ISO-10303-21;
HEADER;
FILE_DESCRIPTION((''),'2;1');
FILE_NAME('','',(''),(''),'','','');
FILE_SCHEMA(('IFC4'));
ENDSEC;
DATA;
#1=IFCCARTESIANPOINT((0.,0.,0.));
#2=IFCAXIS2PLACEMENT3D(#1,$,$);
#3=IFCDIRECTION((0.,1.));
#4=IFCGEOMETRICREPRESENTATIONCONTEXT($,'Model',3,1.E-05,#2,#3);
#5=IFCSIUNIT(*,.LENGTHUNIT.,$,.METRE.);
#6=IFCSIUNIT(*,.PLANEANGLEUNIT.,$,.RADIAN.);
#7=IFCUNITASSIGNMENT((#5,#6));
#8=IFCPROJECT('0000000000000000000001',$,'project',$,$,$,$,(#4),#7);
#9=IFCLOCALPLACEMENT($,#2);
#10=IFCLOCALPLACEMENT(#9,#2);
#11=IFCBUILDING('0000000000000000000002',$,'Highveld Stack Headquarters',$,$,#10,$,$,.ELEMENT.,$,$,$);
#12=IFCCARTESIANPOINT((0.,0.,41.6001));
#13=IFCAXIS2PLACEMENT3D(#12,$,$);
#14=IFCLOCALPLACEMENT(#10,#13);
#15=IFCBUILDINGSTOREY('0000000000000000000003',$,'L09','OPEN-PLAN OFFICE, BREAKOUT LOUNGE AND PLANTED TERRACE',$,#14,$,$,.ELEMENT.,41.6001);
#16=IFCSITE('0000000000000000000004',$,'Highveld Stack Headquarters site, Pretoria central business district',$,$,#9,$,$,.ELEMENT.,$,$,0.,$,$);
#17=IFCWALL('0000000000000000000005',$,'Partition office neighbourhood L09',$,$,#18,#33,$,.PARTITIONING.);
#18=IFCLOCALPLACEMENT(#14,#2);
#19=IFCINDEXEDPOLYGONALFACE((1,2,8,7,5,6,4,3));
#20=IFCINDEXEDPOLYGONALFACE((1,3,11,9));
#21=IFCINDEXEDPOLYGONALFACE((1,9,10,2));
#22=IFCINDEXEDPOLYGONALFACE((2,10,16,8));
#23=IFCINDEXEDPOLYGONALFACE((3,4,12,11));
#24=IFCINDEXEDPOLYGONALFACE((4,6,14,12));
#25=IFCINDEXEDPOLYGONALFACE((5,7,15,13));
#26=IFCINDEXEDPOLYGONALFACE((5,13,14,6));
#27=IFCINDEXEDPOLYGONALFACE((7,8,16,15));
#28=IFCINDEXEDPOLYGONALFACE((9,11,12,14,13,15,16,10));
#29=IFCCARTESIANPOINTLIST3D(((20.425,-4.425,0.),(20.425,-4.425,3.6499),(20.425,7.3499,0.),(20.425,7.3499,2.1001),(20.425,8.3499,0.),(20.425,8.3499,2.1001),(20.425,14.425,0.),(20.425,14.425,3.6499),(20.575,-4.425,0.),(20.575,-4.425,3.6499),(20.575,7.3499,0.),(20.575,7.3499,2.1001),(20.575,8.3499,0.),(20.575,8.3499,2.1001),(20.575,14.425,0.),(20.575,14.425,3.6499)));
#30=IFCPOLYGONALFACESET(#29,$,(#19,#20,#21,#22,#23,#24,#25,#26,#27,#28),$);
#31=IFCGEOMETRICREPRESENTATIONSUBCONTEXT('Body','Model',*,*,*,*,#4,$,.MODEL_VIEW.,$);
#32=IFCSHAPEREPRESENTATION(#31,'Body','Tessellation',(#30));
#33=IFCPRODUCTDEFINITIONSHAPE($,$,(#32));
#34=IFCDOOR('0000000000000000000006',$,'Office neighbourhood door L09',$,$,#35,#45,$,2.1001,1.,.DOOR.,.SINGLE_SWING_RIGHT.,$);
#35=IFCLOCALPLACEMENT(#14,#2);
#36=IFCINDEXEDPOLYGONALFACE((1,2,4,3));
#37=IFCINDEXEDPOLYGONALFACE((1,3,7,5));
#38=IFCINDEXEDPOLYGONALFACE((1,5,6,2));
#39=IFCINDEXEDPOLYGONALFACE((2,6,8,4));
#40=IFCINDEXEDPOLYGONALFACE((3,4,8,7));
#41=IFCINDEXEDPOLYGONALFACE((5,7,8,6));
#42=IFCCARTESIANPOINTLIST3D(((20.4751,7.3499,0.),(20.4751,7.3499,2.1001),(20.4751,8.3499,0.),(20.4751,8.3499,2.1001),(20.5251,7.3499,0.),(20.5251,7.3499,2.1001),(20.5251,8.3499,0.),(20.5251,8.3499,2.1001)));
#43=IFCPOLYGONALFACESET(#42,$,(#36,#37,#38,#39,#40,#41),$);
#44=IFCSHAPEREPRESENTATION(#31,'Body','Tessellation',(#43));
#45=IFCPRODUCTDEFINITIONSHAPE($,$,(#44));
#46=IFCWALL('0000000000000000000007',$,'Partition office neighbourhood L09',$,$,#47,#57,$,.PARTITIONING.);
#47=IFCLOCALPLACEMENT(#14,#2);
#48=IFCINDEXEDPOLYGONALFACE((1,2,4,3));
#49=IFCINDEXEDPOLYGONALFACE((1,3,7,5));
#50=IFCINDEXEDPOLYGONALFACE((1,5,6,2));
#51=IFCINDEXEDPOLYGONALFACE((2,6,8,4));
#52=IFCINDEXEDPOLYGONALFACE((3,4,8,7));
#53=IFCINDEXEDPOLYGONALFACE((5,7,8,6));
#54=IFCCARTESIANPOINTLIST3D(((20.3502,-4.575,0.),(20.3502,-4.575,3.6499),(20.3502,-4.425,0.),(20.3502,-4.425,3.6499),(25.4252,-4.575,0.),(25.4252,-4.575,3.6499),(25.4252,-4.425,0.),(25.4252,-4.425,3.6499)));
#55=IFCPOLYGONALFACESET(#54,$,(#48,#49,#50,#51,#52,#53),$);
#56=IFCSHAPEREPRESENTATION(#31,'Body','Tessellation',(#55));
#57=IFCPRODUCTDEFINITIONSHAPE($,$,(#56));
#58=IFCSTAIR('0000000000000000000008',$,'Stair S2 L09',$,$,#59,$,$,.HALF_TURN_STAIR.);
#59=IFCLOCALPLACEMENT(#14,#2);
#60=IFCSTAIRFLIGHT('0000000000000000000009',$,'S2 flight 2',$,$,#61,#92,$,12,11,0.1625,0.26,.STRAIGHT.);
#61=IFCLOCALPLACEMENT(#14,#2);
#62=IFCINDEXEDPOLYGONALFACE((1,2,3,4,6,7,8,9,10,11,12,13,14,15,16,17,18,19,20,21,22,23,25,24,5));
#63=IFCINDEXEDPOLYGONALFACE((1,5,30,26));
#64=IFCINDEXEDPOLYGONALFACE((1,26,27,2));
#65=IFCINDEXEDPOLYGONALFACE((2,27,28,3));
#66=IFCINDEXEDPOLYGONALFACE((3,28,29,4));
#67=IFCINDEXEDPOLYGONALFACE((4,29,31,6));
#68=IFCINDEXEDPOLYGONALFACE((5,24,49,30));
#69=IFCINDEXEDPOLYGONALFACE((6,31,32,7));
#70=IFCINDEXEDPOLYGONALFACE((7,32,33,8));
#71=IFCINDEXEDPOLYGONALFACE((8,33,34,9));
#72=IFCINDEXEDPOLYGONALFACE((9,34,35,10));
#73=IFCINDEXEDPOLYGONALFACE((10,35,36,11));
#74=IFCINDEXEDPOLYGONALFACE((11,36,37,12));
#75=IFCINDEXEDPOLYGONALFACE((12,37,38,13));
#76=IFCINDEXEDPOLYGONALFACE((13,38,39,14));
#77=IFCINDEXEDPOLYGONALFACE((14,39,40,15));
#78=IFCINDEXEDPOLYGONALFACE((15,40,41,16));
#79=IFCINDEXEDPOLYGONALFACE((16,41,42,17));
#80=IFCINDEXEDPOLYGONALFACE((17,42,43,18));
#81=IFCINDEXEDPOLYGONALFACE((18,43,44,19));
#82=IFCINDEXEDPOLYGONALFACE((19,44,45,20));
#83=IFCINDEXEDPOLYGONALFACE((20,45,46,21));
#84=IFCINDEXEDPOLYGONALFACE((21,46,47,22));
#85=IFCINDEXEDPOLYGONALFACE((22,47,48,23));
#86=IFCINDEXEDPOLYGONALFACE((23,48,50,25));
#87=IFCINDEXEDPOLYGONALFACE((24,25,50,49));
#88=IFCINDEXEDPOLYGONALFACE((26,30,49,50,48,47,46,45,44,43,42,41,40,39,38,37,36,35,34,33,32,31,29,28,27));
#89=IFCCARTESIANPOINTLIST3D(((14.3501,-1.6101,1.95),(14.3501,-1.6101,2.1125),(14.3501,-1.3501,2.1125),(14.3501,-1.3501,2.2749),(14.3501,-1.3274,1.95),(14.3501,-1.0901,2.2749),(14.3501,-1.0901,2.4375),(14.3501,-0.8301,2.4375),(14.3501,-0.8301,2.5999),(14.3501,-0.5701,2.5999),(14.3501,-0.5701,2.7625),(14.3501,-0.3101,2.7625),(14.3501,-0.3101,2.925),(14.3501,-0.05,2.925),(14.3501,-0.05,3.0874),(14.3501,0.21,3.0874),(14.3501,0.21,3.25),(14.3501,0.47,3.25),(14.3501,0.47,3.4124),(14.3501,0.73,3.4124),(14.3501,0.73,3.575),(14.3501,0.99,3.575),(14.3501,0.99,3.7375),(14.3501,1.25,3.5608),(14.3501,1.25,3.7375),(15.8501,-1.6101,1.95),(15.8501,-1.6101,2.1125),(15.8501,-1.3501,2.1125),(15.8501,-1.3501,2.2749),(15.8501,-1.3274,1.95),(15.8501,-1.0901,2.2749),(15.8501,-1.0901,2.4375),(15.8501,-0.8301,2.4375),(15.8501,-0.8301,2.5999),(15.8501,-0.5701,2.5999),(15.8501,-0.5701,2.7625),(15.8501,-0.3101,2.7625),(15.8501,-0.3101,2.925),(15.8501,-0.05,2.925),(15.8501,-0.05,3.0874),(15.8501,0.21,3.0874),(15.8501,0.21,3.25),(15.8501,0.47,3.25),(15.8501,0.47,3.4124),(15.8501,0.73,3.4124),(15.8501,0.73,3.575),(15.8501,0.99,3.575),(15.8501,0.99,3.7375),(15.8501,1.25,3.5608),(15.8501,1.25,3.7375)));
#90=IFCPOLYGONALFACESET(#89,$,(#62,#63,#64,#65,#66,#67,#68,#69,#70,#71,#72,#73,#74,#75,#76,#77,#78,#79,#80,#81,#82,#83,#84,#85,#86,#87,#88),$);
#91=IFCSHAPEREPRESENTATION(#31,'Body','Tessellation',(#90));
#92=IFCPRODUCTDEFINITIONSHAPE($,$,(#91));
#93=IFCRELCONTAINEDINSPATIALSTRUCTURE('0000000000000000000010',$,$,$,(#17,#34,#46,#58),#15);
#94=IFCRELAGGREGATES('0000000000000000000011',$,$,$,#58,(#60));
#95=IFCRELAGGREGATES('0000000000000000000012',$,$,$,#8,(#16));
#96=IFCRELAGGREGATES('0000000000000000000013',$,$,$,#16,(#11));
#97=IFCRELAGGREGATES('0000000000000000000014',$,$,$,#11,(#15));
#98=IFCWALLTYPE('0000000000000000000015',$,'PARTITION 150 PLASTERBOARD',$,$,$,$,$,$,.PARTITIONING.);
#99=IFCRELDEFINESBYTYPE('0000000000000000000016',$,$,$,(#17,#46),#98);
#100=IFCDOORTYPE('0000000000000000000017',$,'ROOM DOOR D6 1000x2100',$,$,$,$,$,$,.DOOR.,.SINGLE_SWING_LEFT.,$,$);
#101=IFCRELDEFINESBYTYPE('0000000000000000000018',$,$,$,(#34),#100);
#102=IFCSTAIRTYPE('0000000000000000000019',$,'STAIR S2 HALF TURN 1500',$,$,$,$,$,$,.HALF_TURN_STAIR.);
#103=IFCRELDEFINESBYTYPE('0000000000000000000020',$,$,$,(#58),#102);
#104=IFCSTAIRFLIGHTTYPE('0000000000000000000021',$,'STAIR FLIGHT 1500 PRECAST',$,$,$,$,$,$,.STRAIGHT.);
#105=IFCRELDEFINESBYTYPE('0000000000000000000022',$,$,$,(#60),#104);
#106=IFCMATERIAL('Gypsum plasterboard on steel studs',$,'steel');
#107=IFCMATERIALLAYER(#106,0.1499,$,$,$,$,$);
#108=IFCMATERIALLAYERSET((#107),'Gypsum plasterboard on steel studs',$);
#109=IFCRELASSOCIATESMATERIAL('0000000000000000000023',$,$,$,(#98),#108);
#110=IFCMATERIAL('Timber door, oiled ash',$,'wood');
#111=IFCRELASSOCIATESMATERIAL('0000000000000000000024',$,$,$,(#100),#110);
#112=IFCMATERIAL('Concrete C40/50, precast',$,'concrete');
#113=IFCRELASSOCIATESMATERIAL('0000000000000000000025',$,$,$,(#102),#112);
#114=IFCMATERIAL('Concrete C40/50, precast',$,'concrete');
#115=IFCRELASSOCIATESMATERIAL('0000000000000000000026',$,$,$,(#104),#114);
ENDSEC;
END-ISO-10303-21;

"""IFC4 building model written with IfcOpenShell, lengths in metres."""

from ifc_helpers import new_model, si_unit, direction, frame, frame_2d, origin, place, context, subcontext, project, spatial, polyline, rectangle, outline, extrude, material, layer, layer_set, type_object, element, fill, aggregate, save


model = new_model("IFC4")

# Units and contexts
model_context = context("Model", 3, precision=1e-05, world=origin(), true_north=direction((0.0, 1.0)))
body_context = subcontext(model_context, "Body", "Model", "MODEL_VIEW")
ifc_project = project(units=[si_unit("LENGTHUNIT", "METRE"), si_unit("PLANEANGLEUNIT", "RADIAN")], contexts=[model_context])

# Site, building, storey
site_placement = place(None, origin())
site = spatial("IfcSite", under=ifc_project, at=site_placement, Name="Highveld Stack Headquarters site, Pretoria central business district", CompositionType="ELEMENT", RefElevation=0.0)
building_placement = place(site_placement, origin())
building = spatial("IfcBuilding", under=site, at=building_placement, Name="Highveld Stack Headquarters", CompositionType="ELEMENT")
storey_placement = place(building_placement, frame((0.0, 0.0, 41.6001)))
storey = spatial("IfcBuildingStorey", under=building, at=storey_placement, Name="L09", Description="OPEN-PLAN OFFICE, BREAKOUT LOUNGE AND PLANTED TERRACE", CompositionType="ELEMENT", Elevation=41.6001)

# Shared definitions
ifc_material_1 = material(Name="Gypsum plasterboard on steel studs", Category="steel")
ifc_layer_1 = layer(ifc_material_1, 0.1499)
ifc_layer_set_1 = layer_set([ifc_layer_1], Name="Gypsum plasterboard on steel studs")
wall_type_1 = type_object("IfcWallType", Name="PARTITION 150 PLASTERBOARD", PredefinedType="PARTITIONING", material=ifc_layer_set_1)

# Shared definitions
ifc_material_2 = material(Name="Timber door, oiled ash", Category="wood")
door_type_1 = type_object("IfcDoorType", Name="ROOM DOOR D6 1000x2100", OperationType="SINGLE_SWING_LEFT", PredefinedType="DOOR", material=ifc_material_2)

# Wall, opening, door
wall_1_placement = place(storey_placement, frame((20.5, -4.425, 0.0), z_axis=(0.0, 0.0, 1.0), x_axis=(0.0, 1.0, 0.0)))
wall_1 = element("IfcWall", 1, at=wall_1_placement, inside=storey, type_object=wall_type_1, Name="Partition office neighbourhood L09", PredefinedType="PARTITIONING", context=body_context, shape_type="SweptSolid", body=[
    extrude(rectangle(XDim=18.8501, YDim=0.1499, at=frame_2d((9.425, 0.0))), origin(), (0.0, 0.0, 1.0), 3.6499),
])
opening_1_placement = place(wall_1_placement, frame((11.7749, 0.0, 0.0)))
opening_1 = element("IfcOpeningElement", 2, at=opening_1_placement, cuts=wall_1, PredefinedType="OPENING", context=body_context, shape_type="SweptSolid", body=[
    extrude(rectangle(XDim=1.0, YDim=2.1001, at=frame_2d((0.5, 1.05))), frame((0.0, 0.085, 0.0), z_axis=(0.0, -1.0, 0.0), x_axis=(1.0, 0.0, 0.0)), (0.0, 0.0, 1.0), 0.1699),
])
door_1_placement = place(opening_1_placement, origin())
door_1 = element("IfcDoor", 3, at=door_1_placement, inside=storey, type_object=door_type_1, Name="Office neighbourhood door L09", OperationType="SINGLE_SWING_RIGHT", OverallHeight=2.1001, OverallWidth=1.0, PredefinedType="DOOR", context=body_context, shape_type="SweptSolid", body=[
    extrude(rectangle(XDim=1.0, YDim=2.1001, at=frame_2d((0.5, 1.05))), frame((0.0, 0.0249, 0.0), z_axis=(0.0, -1.0, 0.0), x_axis=(1.0, 0.0, 0.0)), (0.0, 0.0, 1.0), 0.05),
])
fill(opening_1, door_1)

# Wall
wall_2_placement = place(storey_placement, frame((20.3501, -4.5, 0.0), z_axis=(0.0, 0.0, 1.0), x_axis=(1.0, 0.0, 0.0)))
element("IfcWall", 4, at=wall_2_placement, inside=storey, type_object=wall_type_1, Name="Partition office neighbourhood L09", PredefinedType="PARTITIONING", context=body_context, shape_type="SweptSolid", body=[
    extrude(rectangle(XDim=5.075, YDim=0.1499, at=frame_2d((2.5376, 0.0))), origin(), (0.0, 0.0, 1.0), 3.6499),
])

# Stair, stair flight
ifc_material_3 = material(Name="Concrete C40/50, precast", Category="concrete")
stair_type = type_object("IfcStairType", Name="STAIR S2 HALF TURN 1500", PredefinedType="HALF_TURN_STAIR", material=ifc_material_3)
stair_placement = place(storey_placement, origin())
stair = element("IfcStair", 5, at=stair_placement, inside=storey, type_object=stair_type, Name="Stair S2 L09", PredefinedType="HALF_TURN_STAIR")
ifc_material_4 = material(Name="Concrete C40/50, precast", Category="concrete")
stair_flight_type = type_object("IfcStairFlightType", Name="STAIR FLIGHT 1500 PRECAST", PredefinedType="STRAIGHT", material=ifc_material_4)
stair_flight_placement = place(storey_placement, frame((15.1001, -1.6101, 1.95), z_axis=(0.0, 0.0, 1.0), x_axis=(0.0, 1.0, 0.0)))
stair_flight = element("IfcStairFlight", 6, at=stair_flight_placement, type_object=stair_flight_type, Name="S2 flight 2", NumberOfRisers=12, NumberOfTreads=11, PredefinedType="STRAIGHT", RiserHeight=0.1625, TreadLength=0.26, context=body_context, shape_type="SweptSolid", body=[
    extrude(outline(polyline([(0.0, 0.0), (0.0, 0.1626), (0.26, 0.1626), (0.26, 0.325), (0.52, 0.325), (0.52, 0.4875), (0.78, 0.4875), (0.78, 0.6499), (1.04, 0.6499), (1.04, 0.8125), (1.3, 0.8125), (1.3, 0.9751), (1.5601, 0.9751), (1.5601, 1.1375), (1.8201, 1.1375), (1.8201, 1.3), (2.0801, 1.3), (2.0801, 1.4624), (2.3401, 1.4624), (2.3401, 1.625), (2.6001, 1.625), (2.6001, 1.7876), (2.8601, 1.7876), (2.8601, 1.95), (2.8601, 1.6108), (0.2827, 0.0), (0.0, 0.0)])), frame((0.0, 0.75, 0.0), z_axis=(0.0, -1.0, 0.0), x_axis=(1.0, 0.0, 0.0)), (0.0, 0.0, 1.0), 1.5),
])
aggregate(stair, [stair_flight])

save(model, "model.ifc")
